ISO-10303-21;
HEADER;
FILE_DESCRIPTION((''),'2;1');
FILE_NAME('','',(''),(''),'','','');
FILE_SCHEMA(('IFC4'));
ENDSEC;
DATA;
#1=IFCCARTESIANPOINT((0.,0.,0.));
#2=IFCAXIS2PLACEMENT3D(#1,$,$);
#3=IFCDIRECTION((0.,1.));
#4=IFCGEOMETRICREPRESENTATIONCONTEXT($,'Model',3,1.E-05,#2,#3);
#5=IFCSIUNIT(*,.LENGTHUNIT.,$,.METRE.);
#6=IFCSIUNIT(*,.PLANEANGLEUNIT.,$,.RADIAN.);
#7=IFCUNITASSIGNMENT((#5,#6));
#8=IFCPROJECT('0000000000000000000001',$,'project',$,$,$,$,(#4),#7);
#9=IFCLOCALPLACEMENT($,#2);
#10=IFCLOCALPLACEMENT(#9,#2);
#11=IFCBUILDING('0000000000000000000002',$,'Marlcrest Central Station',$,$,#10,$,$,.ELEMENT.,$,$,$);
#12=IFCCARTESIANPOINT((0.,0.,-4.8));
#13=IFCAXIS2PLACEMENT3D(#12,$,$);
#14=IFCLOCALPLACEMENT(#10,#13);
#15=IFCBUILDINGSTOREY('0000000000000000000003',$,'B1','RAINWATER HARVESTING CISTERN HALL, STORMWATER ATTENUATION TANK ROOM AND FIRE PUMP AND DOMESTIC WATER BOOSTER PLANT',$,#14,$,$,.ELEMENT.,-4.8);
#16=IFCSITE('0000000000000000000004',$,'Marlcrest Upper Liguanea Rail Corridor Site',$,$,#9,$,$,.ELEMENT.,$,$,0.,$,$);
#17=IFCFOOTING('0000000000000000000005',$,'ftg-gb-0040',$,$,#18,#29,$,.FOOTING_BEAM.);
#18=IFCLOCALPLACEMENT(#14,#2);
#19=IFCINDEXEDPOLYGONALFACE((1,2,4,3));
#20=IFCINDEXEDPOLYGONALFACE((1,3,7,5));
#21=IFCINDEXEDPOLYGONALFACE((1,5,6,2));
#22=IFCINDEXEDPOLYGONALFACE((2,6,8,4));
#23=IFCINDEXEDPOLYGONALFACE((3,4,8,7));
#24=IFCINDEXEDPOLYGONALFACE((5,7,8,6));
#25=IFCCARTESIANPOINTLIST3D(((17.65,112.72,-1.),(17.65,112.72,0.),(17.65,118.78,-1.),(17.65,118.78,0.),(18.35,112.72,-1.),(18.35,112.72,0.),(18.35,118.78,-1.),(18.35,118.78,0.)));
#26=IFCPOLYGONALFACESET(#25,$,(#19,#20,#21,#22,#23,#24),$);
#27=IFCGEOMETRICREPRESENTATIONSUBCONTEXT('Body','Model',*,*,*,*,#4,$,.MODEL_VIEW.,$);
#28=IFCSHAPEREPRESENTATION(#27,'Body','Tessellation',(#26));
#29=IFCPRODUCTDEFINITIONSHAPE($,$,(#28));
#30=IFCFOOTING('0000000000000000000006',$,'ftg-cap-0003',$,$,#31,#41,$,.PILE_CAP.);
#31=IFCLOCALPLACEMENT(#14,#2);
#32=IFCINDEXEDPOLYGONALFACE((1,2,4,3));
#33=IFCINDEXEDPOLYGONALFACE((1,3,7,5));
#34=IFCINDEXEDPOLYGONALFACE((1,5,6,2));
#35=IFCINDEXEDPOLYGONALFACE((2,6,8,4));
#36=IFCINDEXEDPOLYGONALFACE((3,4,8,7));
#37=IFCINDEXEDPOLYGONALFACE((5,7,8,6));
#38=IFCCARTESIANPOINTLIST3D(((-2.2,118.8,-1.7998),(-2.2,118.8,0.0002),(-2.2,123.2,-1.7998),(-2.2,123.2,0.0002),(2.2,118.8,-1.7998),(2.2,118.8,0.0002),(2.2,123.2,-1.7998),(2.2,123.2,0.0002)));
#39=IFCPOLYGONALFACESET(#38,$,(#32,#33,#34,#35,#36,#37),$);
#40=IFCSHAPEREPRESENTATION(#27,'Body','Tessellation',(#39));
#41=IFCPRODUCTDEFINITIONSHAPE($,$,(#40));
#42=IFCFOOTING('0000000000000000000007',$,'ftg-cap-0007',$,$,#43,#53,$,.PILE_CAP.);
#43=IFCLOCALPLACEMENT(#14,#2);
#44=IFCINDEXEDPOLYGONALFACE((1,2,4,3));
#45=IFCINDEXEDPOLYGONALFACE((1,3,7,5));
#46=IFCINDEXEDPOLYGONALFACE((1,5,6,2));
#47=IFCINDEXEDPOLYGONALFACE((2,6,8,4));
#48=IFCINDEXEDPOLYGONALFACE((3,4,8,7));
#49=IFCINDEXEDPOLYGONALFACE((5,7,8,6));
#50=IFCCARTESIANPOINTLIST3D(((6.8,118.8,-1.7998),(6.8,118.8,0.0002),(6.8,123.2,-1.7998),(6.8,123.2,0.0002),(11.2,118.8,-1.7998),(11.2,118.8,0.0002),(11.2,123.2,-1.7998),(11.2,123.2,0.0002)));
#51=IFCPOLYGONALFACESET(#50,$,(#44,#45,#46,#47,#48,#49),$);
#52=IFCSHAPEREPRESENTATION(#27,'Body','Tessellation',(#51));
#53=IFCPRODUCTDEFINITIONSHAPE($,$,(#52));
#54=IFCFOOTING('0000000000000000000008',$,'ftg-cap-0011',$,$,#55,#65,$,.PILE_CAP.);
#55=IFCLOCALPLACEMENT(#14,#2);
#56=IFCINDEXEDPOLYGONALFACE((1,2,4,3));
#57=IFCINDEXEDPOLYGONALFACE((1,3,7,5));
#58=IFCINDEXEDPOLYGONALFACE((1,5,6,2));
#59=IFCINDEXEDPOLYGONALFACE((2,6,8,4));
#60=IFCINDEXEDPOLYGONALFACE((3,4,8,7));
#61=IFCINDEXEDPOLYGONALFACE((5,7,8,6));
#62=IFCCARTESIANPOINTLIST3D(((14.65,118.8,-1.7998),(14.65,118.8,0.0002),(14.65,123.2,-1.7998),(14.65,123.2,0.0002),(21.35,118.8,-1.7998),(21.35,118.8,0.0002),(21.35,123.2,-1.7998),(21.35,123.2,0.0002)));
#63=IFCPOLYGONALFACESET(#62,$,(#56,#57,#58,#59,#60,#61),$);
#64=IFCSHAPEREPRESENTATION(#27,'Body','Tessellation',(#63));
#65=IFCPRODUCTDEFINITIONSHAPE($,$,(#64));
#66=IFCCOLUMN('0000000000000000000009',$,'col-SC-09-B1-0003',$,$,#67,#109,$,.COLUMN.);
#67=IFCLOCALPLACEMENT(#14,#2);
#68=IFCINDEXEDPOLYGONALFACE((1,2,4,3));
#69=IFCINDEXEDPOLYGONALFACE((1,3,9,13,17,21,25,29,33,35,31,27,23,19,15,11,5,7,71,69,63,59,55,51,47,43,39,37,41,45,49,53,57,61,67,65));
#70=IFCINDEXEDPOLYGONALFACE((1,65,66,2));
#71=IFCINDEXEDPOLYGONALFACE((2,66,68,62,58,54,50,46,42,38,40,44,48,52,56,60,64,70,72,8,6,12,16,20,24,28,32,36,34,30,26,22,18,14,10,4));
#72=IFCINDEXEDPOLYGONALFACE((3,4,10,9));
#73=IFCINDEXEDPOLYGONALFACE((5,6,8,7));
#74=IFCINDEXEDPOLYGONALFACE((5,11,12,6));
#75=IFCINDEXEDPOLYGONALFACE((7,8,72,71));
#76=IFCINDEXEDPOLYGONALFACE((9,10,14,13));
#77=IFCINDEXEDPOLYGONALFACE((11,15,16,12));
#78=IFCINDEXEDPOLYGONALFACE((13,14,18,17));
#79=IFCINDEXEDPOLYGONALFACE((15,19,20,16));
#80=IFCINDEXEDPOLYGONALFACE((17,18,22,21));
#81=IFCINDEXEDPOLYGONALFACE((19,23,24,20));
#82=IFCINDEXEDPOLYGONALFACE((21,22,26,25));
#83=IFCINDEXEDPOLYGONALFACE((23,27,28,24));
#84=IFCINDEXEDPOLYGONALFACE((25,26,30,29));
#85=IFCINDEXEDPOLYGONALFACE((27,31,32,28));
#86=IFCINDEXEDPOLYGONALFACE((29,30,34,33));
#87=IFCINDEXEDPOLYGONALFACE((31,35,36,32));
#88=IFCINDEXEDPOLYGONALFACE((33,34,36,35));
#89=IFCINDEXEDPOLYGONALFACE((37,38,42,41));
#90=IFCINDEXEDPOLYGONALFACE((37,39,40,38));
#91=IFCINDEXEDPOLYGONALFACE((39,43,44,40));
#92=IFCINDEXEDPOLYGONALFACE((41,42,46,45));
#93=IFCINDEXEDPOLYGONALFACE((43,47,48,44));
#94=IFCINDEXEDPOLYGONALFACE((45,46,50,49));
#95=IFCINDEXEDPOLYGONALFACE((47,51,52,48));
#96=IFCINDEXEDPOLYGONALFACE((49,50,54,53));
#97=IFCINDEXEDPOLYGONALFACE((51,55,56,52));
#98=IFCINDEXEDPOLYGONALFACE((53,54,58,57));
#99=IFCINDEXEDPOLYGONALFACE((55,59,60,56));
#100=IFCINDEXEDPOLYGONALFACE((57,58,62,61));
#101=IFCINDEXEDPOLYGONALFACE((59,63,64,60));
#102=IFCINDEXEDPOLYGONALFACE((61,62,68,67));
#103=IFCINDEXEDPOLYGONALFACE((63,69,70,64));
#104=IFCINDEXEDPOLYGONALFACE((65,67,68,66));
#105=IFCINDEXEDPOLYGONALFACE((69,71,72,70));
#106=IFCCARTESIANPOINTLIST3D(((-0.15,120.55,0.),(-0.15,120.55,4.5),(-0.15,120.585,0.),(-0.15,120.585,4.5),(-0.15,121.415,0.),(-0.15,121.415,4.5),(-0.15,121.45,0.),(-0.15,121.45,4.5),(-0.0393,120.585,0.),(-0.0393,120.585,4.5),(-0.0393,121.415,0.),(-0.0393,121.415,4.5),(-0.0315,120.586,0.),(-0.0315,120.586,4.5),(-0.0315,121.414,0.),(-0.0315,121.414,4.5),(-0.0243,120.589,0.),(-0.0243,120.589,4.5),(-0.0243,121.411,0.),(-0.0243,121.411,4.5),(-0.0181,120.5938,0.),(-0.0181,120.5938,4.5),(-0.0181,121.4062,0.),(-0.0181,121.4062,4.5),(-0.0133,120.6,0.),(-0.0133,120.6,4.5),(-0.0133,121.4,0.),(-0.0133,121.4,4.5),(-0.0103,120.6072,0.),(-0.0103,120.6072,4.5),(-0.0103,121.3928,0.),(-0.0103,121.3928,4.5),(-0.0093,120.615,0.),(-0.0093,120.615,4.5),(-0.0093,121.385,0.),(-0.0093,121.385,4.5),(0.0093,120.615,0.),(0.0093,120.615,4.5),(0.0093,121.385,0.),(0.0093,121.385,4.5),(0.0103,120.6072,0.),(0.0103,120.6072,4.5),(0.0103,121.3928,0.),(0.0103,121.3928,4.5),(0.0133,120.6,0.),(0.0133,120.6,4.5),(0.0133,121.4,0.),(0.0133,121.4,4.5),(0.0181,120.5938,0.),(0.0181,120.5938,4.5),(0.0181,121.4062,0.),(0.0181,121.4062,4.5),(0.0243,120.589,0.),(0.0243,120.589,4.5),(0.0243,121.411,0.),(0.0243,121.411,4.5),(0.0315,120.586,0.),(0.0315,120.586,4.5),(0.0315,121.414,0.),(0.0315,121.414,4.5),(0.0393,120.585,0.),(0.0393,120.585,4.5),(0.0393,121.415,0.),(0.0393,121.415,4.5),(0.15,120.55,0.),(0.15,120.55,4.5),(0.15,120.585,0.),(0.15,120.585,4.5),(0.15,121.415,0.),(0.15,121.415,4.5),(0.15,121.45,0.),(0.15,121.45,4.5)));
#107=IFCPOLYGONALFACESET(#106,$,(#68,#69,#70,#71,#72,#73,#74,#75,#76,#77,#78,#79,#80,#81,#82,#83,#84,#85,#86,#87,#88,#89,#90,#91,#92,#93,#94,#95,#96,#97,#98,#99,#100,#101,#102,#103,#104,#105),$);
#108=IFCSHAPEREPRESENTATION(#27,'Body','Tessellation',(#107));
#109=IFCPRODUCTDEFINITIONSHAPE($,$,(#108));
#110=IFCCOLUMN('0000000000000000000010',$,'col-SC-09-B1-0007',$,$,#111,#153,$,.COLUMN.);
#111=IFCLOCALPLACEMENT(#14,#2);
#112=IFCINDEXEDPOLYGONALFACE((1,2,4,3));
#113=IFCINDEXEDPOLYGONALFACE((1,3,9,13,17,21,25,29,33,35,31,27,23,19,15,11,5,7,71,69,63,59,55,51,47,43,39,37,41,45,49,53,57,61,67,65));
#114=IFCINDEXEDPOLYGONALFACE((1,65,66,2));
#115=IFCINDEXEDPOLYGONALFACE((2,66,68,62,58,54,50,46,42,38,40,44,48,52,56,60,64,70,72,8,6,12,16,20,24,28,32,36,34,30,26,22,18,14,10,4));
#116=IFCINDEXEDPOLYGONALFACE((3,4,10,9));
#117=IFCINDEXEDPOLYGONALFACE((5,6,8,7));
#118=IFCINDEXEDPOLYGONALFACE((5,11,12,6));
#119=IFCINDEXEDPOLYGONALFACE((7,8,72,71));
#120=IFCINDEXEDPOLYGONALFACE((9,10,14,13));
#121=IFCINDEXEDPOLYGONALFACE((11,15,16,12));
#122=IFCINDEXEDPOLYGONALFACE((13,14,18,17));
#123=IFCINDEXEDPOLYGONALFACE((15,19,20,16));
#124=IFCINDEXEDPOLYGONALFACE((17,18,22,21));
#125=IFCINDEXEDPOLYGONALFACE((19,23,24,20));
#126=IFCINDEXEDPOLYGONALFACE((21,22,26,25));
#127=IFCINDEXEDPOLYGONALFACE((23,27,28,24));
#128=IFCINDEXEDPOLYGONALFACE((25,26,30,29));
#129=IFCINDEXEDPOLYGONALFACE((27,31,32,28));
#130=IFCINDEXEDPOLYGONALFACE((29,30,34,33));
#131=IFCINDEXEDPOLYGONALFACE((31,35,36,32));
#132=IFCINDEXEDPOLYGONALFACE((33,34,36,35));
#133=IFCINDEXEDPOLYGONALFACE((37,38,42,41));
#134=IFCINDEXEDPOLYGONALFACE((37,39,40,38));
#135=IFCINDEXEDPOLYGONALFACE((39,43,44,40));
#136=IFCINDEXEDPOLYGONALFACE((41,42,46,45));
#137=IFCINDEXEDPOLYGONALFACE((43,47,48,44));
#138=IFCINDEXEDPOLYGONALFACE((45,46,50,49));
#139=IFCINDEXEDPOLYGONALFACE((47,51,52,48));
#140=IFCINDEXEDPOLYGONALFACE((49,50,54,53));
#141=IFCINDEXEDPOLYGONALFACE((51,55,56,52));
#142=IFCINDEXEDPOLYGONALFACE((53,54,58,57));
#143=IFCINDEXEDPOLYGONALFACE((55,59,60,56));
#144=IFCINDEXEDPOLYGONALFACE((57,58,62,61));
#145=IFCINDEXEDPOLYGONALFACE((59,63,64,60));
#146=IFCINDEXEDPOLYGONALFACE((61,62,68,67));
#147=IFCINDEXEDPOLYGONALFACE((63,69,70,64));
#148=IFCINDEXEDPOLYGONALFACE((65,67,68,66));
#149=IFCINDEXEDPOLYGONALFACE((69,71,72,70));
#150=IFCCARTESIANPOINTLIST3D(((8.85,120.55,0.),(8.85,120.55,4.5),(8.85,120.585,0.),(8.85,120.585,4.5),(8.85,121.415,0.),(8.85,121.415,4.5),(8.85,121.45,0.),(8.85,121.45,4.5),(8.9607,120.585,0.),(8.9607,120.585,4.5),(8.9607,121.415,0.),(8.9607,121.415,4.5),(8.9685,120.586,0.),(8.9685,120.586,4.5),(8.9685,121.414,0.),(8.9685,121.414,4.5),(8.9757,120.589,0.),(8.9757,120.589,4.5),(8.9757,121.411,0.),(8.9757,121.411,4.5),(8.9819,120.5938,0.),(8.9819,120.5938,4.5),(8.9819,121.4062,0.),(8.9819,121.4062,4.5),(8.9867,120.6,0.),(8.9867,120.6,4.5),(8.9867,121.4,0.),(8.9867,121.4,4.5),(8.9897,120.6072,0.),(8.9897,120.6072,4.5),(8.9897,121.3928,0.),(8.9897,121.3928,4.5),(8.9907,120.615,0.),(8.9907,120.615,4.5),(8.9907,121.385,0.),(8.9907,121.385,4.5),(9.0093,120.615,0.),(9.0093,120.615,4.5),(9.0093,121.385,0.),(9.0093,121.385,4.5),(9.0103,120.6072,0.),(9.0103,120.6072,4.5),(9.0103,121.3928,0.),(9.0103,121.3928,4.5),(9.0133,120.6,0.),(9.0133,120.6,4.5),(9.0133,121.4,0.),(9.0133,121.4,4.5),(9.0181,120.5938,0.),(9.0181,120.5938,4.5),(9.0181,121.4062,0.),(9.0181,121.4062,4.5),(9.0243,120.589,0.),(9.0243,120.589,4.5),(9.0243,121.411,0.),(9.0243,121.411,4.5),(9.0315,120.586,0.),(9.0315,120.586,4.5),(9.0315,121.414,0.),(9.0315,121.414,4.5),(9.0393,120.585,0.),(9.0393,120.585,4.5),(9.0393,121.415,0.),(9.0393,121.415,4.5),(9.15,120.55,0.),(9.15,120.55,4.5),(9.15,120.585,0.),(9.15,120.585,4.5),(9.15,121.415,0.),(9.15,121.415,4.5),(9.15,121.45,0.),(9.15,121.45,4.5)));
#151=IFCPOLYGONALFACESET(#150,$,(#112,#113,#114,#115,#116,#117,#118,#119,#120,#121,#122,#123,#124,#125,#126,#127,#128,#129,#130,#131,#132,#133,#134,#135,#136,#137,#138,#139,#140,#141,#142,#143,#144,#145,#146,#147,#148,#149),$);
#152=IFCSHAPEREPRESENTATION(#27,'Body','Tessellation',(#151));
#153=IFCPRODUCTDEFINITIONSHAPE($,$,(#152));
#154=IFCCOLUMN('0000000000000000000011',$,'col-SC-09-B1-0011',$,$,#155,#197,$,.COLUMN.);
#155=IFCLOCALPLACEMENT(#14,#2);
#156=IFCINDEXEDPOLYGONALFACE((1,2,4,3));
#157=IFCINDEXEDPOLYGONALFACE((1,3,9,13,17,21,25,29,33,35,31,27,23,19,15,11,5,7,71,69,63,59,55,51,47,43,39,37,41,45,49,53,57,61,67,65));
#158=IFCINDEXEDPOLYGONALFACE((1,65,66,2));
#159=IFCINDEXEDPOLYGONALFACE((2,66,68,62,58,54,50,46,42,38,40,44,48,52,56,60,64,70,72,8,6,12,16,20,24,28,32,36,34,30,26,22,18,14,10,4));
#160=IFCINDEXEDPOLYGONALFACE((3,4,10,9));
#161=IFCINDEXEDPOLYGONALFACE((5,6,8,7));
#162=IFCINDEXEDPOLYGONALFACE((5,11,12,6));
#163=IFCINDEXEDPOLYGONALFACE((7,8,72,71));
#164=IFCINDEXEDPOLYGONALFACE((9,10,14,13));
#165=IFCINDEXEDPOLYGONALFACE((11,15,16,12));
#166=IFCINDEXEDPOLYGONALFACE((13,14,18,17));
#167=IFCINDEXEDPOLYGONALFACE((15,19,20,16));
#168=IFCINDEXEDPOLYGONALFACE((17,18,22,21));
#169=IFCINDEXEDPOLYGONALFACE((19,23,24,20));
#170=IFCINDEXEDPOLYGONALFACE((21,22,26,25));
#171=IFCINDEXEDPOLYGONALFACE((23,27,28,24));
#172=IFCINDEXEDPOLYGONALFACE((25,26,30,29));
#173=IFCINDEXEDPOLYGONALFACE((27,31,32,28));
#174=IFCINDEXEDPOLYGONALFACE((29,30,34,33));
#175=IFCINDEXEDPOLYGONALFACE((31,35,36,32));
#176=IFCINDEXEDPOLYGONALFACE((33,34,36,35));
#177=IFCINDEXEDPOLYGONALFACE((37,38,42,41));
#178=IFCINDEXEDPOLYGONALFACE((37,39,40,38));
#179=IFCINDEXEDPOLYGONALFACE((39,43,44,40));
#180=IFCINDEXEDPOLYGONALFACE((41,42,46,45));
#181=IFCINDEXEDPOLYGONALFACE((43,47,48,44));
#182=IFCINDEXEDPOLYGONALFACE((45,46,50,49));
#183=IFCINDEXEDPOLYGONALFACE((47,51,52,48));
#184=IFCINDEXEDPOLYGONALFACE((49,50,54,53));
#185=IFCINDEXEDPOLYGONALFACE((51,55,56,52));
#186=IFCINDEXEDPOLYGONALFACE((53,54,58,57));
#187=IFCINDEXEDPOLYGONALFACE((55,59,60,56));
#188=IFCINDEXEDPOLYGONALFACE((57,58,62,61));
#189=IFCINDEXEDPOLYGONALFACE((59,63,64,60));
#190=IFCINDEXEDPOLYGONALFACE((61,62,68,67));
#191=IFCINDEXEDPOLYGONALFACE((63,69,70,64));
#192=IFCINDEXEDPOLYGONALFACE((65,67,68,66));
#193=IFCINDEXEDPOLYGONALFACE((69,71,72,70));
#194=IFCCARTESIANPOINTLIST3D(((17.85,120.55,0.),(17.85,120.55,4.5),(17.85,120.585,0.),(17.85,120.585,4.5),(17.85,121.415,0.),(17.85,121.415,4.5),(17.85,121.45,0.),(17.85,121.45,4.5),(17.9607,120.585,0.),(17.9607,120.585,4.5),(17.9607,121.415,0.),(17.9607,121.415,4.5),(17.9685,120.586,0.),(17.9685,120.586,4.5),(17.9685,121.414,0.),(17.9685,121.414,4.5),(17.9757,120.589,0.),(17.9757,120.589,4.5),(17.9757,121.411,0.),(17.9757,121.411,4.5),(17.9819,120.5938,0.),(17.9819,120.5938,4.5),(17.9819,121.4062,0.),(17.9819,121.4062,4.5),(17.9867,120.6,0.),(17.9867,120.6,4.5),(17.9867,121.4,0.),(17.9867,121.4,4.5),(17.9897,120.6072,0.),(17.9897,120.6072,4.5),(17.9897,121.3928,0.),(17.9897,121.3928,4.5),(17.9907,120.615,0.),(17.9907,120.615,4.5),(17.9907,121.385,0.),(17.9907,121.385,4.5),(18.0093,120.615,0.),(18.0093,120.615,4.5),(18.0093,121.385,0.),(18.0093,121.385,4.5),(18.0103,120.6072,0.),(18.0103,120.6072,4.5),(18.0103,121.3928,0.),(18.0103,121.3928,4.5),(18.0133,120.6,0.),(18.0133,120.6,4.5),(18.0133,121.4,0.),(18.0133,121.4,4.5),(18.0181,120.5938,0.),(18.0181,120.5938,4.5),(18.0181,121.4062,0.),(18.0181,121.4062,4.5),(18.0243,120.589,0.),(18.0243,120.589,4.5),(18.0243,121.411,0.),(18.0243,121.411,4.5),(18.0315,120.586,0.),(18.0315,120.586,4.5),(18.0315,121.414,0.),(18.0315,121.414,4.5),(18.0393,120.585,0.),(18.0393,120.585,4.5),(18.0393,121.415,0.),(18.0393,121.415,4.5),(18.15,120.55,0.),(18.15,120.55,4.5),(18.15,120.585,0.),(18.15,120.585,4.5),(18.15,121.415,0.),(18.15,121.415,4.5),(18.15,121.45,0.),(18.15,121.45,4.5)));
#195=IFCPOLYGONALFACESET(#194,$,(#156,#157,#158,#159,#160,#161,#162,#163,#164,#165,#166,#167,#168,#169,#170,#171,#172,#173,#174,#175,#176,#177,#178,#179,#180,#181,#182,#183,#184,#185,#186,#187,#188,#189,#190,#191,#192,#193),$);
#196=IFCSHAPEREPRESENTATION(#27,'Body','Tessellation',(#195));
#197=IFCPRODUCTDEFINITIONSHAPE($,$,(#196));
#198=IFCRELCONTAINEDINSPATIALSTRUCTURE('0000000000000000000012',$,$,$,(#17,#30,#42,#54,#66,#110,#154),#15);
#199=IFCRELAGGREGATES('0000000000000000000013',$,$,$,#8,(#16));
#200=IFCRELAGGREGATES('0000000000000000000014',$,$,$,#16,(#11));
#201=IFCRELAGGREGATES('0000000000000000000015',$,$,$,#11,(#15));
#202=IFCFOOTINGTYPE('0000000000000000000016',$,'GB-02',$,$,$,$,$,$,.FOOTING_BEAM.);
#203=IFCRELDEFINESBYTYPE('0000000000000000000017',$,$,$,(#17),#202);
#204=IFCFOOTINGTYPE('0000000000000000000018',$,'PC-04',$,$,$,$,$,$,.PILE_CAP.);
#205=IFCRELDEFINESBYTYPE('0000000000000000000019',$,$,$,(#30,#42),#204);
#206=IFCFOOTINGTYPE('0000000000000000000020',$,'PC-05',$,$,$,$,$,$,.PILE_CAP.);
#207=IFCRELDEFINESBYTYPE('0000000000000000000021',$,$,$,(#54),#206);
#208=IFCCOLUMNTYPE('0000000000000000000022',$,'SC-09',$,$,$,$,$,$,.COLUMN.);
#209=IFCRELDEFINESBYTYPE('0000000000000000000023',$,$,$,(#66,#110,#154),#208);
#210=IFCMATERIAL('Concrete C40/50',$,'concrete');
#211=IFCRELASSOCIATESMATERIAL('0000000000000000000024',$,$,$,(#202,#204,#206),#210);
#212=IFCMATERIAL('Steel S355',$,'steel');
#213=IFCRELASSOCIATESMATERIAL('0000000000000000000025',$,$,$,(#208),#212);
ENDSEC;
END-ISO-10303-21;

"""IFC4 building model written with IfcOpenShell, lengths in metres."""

from ifc_helpers import new_model, si_unit, direction, frame, origin, origin_2d, place, context, subcontext, project, spatial, rectangle, i_section, extrude, material, material_profile, profile_set, type_object, element, save


model = new_model("IFC4")

# Units and contexts
model_context = context("Model", 3, precision=1e-05, world=origin(), true_north=direction((0.0, 1.0)))
body_context = subcontext(model_context, "Body", "Model", "MODEL_VIEW")
ifc_project = project(units=[si_unit("LENGTHUNIT", "METRE"), si_unit("PLANEANGLEUNIT", "RADIAN")], contexts=[model_context])

# Site, building, storey
site_placement = place(None, origin())
site = spatial("IfcSite", under=ifc_project, at=site_placement, Name="Marlcrest Upper Liguanea Rail Corridor Site", CompositionType="ELEMENT", RefElevation=0.0)
building_placement = place(site_placement, origin())
building = spatial("IfcBuilding", under=site, at=building_placement, Name="Marlcrest Central Station", CompositionType="ELEMENT")
storey_placement = place(building_placement, frame((0.0, 0.0, -4.8)))
storey = spatial("IfcBuildingStorey", under=building, at=storey_placement, Name="B1", Description="RAINWATER HARVESTING CISTERN HALL, STORMWATER ATTENUATION TANK ROOM AND FIRE PUMP AND DOMESTIC WATER BOOSTER PLANT", CompositionType="ELEMENT", Elevation=-4.8)

# Footings
ifc_material_1 = material(Name="Concrete C40/50", Category="concrete")
footing_type_1 = type_object("IfcFootingType", Name="GB-02", PredefinedType="FOOTING_BEAM", material=ifc_material_1)
for number, where, z_axis, x_axis, name in (
    (1, (18.0, 115.75, -1.0), (0.0, 0.0, 1.0), (1.0, 0.0, 0.0), "ftg-gb-0040"),
):
    element("IfcFooting", number, at=place(storey_placement, frame(where, z_axis=z_axis, x_axis=x_axis)), inside=storey, type_object=footing_type_1, Name=name, PredefinedType="FOOTING_BEAM", context=body_context, shape_type="SweptSolid", body=[
        extrude(rectangle(XDim=0.7, YDim=6.0601, at=origin_2d()), origin(), (0.0, 0.0, 1.0), 1.0),
    ])
footing_type_2 = type_object("IfcFootingType", Name="PC-04", PredefinedType="PILE_CAP", material=ifc_material_1)
for number, where, z_axis, x_axis, name in (
    (2, (0.0, 121.0, -1.7998), (0.0, 0.0, 1.0), (1.0, 0.0, 0.0), "ftg-cap-0003"),
    (3, (9.0, 121.0, -1.7998), (0.0, 0.0, 1.0), (1.0, 0.0, 0.0), "ftg-cap-0007"),
):
    element("IfcFooting", number, at=place(storey_placement, frame(where, z_axis=z_axis, x_axis=x_axis)), inside=storey, type_object=footing_type_2, Name=name, PredefinedType="PILE_CAP", context=body_context, shape_type="SweptSolid", body=[
        extrude(rectangle(XDim=4.3999, YDim=4.3999, at=origin_2d()), origin(), (0.0, 0.0, 1.0), 1.8),
    ])
footing_type_3 = type_object("IfcFootingType", Name="PC-05", PredefinedType="PILE_CAP", material=ifc_material_1)
footing_1_placement = place(storey_placement, frame((18.0, 121.0, -1.7998), z_axis=(0.0, 0.0, 1.0), x_axis=(1.0, 0.0, 0.0)))
element("IfcFooting", 4, at=footing_1_placement, inside=storey, type_object=footing_type_3, Name="ftg-cap-0011", PredefinedType="PILE_CAP", context=body_context, shape_type="SweptSolid", body=[
    extrude(rectangle(XDim=6.7, YDim=4.3999, at=origin_2d()), origin(), (0.0, 0.0, 1.0), 1.8),
])

# Columns
ifc_material_2 = material(Name="Steel S355", Category="steel")
ifc_material_profile_1 = material_profile(ifc_material_2, i_section(OverallWidth=0.3, OverallDepth=0.8999, WebThickness=0.0186, FlangeThickness=0.0349, FilletRadius=0.03, at=origin_2d()), Name="HEB 900")
ifc_profile_set_1 = profile_set([ifc_material_profile_1], Name="Steel S355")
column_type = type_object("IfcColumnType", Name="SC-09", PredefinedType="COLUMN", material=ifc_profile_set_1)
for number, where, z_axis, x_axis, name in (
    (5, (0.0, 121.0, 0.0), (0.0, 0.0, 1.0), (1.0, 0.0, 0.0), "col-SC-09-B1-0003"),
    (6, (9.0, 121.0, 0.0), (0.0, 0.0, 1.0), (1.0, 0.0, 0.0), "col-SC-09-B1-0007"),
    (7, (18.0, 121.0, 0.0), (0.0, 0.0, 1.0), (1.0, 0.0, 0.0), "col-SC-09-B1-0011"),
):
    element("IfcColumn", number, at=place(storey_placement, frame(where, z_axis=z_axis, x_axis=x_axis)), inside=storey, type_object=column_type, Name=name, PredefinedType="COLUMN", context=body_context, shape_type="SweptSolid", body=[
        extrude(i_section(OverallWidth=0.3, OverallDepth=0.8999, WebThickness=0.0186, FlangeThickness=0.0349, FilletRadius=0.03, at=origin_2d()), origin(), (0.0, 0.0, 1.0), 4.5),
    ])

save(model, "model.ifc")
